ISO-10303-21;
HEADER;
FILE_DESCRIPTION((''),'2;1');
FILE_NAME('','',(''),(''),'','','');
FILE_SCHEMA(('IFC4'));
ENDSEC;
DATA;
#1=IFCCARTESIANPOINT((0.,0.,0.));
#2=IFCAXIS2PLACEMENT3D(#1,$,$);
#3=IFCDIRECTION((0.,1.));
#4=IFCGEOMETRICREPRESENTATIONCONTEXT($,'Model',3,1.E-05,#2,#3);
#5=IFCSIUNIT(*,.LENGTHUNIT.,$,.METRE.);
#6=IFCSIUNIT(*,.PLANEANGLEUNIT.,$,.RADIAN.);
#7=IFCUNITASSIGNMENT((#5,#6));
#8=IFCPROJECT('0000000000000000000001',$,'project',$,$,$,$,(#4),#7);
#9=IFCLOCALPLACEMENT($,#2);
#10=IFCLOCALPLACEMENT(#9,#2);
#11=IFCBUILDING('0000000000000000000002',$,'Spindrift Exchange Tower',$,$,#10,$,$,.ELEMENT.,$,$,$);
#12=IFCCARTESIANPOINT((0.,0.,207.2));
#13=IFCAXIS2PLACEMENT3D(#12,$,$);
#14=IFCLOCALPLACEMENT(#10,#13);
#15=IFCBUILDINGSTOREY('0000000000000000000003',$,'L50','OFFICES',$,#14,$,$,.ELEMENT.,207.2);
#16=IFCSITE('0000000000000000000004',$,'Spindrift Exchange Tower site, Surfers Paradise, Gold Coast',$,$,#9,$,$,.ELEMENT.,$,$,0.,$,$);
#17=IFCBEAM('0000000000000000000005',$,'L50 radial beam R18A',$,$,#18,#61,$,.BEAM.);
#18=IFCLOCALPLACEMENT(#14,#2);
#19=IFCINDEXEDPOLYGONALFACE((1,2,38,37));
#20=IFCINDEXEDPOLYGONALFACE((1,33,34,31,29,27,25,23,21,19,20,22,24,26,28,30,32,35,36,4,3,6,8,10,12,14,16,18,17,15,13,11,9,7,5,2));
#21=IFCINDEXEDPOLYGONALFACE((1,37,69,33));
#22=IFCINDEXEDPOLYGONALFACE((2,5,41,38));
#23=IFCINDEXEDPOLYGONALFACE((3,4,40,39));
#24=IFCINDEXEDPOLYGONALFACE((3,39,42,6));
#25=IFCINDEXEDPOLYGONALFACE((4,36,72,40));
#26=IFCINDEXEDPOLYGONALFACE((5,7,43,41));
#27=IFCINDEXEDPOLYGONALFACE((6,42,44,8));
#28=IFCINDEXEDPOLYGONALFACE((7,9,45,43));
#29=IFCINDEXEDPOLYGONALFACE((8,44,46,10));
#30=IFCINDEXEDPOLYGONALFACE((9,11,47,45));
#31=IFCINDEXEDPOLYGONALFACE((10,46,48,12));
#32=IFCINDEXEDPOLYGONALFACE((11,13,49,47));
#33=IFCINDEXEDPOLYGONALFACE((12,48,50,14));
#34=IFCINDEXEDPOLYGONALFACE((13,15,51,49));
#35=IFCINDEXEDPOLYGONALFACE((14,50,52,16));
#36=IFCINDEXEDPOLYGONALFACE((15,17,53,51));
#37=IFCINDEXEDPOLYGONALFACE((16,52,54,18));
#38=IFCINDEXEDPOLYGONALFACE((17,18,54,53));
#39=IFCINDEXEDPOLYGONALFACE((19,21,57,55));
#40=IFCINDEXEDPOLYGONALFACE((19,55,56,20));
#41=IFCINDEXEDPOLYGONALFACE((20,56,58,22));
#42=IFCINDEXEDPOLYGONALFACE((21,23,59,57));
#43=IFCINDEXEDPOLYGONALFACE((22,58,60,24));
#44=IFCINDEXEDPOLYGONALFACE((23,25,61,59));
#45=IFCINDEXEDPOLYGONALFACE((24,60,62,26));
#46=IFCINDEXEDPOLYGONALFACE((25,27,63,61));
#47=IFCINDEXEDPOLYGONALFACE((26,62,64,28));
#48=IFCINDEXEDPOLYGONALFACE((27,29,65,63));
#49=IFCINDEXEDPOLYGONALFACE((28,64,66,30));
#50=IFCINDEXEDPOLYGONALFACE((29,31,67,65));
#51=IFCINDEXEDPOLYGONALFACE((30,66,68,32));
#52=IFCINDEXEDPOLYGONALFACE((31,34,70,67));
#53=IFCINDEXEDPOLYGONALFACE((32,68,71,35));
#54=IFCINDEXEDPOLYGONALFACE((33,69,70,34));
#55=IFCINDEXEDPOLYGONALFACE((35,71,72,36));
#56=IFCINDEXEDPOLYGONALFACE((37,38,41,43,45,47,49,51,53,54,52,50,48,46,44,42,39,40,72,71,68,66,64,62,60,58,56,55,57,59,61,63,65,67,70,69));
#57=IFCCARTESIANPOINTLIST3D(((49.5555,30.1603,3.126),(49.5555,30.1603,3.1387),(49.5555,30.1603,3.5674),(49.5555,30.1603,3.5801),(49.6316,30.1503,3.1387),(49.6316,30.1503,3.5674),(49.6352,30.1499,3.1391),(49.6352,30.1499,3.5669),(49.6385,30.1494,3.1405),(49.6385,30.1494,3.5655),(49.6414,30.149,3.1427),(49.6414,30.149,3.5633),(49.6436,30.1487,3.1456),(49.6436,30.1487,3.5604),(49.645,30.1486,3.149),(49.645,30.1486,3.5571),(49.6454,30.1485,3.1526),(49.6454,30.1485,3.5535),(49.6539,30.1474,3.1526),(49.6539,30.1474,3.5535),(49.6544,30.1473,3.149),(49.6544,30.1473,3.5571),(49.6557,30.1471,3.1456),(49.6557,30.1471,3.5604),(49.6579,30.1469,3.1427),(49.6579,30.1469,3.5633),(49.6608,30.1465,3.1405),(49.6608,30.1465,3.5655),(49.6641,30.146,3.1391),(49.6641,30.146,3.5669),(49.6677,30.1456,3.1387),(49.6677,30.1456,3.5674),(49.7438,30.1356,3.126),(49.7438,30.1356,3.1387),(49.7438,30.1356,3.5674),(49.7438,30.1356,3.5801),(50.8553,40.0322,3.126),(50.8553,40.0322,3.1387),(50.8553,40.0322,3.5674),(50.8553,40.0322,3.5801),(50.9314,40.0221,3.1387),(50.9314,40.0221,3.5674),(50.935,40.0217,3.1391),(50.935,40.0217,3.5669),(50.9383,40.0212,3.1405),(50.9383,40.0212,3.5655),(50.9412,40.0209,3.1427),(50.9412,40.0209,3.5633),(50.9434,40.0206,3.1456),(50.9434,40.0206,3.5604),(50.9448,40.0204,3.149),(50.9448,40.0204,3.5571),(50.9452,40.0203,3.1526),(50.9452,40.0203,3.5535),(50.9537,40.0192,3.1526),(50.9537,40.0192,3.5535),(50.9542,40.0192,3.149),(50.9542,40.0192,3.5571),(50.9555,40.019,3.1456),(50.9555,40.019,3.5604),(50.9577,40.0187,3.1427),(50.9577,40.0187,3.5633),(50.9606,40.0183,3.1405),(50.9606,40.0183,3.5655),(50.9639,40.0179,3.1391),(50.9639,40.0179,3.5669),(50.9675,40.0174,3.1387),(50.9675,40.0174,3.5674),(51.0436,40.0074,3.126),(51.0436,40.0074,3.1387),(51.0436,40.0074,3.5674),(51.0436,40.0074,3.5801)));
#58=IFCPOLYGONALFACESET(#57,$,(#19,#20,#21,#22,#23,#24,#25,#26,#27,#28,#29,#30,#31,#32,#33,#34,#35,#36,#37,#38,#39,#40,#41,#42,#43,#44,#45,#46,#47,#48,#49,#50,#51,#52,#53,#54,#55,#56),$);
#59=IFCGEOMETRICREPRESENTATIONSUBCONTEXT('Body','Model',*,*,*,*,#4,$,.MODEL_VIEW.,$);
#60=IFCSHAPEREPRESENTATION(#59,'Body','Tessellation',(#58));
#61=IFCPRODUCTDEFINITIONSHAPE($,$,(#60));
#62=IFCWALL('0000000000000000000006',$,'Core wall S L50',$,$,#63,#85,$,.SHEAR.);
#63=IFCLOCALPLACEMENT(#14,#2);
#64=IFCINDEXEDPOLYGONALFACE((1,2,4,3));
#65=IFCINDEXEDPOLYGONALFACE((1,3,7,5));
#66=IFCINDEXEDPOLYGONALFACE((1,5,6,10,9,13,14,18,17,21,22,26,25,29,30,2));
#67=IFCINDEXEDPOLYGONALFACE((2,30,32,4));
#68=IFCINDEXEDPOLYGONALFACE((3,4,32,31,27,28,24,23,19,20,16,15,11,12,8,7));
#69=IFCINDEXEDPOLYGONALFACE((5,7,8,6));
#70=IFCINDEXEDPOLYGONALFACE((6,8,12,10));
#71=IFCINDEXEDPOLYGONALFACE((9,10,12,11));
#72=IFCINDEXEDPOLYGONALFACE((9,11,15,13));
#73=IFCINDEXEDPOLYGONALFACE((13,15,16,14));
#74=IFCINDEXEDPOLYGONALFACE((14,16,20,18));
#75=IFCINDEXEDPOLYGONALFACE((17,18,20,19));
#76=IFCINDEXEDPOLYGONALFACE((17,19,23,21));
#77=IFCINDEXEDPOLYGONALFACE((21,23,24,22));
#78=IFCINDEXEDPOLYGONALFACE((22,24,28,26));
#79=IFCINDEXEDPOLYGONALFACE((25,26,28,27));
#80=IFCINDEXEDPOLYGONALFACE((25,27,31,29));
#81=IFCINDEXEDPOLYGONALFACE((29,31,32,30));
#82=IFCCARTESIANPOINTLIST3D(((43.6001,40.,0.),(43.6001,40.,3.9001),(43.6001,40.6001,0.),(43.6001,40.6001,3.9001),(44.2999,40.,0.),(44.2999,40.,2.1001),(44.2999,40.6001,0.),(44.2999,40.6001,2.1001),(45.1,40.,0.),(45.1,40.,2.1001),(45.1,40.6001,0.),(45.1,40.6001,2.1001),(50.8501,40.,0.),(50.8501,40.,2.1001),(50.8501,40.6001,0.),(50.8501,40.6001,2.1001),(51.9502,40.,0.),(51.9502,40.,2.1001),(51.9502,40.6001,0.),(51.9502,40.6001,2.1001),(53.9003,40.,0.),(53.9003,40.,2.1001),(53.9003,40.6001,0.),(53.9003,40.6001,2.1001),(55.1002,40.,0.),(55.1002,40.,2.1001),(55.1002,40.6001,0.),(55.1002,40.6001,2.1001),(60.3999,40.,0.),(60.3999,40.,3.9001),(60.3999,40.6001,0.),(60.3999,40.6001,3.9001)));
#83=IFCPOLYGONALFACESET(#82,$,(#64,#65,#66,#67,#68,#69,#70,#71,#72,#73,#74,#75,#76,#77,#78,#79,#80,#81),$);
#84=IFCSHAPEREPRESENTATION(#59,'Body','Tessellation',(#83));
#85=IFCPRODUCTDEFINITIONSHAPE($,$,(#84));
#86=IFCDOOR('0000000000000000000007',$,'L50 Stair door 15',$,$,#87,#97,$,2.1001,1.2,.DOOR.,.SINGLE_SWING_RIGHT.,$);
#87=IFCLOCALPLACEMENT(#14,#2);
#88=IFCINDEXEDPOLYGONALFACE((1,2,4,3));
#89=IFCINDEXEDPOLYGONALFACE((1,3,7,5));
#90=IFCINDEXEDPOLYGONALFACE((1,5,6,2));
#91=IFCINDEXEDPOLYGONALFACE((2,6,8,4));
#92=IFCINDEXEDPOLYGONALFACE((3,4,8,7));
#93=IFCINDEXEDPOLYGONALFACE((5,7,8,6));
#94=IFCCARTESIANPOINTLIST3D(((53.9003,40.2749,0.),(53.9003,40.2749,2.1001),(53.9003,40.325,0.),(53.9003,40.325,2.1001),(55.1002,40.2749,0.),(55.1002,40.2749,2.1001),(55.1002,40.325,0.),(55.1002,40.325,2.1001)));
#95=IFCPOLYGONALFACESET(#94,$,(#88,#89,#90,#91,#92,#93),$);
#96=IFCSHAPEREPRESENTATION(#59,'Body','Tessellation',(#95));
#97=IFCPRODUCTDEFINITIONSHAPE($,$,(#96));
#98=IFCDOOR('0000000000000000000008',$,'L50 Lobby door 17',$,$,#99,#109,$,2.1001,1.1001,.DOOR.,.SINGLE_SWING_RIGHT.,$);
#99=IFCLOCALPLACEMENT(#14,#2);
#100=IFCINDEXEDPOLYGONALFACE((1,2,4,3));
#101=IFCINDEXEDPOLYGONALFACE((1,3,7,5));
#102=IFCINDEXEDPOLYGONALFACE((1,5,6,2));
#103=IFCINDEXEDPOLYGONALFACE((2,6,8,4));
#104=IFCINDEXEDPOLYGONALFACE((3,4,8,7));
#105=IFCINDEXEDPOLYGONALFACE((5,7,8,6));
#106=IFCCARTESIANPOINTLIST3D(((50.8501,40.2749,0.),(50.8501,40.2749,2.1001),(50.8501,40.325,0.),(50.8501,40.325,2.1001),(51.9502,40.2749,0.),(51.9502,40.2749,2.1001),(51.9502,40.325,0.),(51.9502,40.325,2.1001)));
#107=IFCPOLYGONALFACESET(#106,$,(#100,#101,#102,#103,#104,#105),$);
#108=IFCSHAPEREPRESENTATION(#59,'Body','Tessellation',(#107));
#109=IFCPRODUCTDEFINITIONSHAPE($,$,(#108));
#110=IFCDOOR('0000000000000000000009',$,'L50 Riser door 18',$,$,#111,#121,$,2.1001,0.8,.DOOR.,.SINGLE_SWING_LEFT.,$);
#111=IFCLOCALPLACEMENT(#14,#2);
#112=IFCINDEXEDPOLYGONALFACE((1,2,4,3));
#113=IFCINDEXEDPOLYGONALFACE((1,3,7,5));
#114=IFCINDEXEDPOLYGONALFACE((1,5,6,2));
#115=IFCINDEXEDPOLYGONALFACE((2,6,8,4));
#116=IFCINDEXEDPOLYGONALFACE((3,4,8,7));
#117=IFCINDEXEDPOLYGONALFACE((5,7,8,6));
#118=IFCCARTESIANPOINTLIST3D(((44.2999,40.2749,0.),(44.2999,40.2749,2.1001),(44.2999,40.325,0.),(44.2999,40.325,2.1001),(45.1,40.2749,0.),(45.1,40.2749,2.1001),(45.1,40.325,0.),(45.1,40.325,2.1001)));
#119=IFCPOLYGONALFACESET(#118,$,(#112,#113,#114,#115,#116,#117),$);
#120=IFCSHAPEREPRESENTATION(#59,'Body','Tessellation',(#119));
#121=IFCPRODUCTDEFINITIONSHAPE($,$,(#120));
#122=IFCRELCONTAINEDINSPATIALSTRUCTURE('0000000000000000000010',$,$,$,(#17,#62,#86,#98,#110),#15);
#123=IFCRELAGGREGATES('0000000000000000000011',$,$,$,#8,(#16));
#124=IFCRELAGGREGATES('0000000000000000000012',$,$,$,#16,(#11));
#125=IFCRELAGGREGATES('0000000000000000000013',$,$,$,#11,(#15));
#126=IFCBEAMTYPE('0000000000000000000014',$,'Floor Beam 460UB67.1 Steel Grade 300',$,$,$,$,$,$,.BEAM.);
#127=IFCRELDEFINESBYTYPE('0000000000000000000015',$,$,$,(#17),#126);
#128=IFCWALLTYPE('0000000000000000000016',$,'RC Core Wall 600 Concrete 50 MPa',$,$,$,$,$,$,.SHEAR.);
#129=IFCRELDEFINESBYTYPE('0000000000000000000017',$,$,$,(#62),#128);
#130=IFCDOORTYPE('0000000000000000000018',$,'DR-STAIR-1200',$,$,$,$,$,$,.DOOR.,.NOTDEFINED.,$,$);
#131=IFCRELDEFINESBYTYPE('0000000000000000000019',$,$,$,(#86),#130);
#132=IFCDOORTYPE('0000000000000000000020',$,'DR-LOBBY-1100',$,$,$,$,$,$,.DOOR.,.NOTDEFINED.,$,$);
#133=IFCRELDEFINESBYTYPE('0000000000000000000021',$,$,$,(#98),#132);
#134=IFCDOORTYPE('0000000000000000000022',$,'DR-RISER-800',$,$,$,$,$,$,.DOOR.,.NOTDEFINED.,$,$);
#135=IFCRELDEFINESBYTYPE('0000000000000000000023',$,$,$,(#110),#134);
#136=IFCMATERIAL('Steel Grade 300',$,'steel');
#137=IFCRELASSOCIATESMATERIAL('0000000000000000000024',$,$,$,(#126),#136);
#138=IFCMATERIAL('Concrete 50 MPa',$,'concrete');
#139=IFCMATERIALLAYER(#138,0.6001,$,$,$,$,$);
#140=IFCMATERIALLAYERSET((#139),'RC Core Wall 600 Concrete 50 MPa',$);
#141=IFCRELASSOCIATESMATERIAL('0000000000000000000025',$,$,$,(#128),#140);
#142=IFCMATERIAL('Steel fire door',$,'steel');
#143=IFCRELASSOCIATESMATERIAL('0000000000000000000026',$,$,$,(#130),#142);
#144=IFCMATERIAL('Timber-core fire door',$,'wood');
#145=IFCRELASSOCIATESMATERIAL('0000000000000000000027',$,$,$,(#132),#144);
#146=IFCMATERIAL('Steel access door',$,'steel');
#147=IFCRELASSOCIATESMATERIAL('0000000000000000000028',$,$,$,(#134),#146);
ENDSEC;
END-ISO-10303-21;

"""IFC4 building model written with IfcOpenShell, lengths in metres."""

from ifc_helpers import new_model, si_unit, direction, frame, frame_2d, origin, origin_2d, place, context, subcontext, project, spatial, rectangle, i_section, extrude, source, transform, mapped, material, layer, layer_set, material_profile, profile_set, type_object, element, fill, save


model = new_model("IFC4")

# Units and contexts
model_context = context("Model", 3, precision=1e-05, world=origin(), true_north=direction((0.0, 1.0)))
body_context = subcontext(model_context, "Body", "Model", "MODEL_VIEW")
ifc_project = project(units=[si_unit("LENGTHUNIT", "METRE"), si_unit("PLANEANGLEUNIT", "RADIAN")], contexts=[model_context])

# Site, building, storey
site_placement = place(None, origin())
site = spatial("IfcSite", under=ifc_project, at=site_placement, Name="Spindrift Exchange Tower site, Surfers Paradise, Gold Coast", CompositionType="ELEMENT", RefElevation=0.0)
building_placement = place(site_placement, origin())
building = spatial("IfcBuilding", under=site, at=building_placement, Name="Spindrift Exchange Tower", CompositionType="ELEMENT")
storey_placement = place(building_placement, frame((0.0, 0.0, 207.2)))
storey = spatial("IfcBuildingStorey", under=building, at=storey_placement, Name="L50", Description="OFFICES", CompositionType="ELEMENT", Elevation=207.2)

# Beam
ifc_material_1 = material(Name="Steel Grade 300", Category="steel")
ifc_material_profile_1 = material_profile(ifc_material_1, i_section(OverallWidth=0.1899, OverallDepth=0.4541, WebThickness=0.0085, FlangeThickness=0.0127, FilletRadius=0.0139, at=origin_2d()), Name="460UB67.1")
ifc_profile_set_1 = profile_set([ifc_material_profile_1], Name="Steel Grade 300")
beam_type_1 = type_object("IfcBeamType", Name="Floor Beam 460UB67.1 Steel Grade 300", PredefinedType="BEAM", material=ifc_profile_set_1)
shared_shape_1 = source(origin(), body_context, "Body", "SweptSolid", [
    extrude(i_section(OverallWidth=0.1899, OverallDepth=0.4541, WebThickness=0.0085, FlangeThickness=0.0127, FilletRadius=0.0139, at=origin_2d()), origin(), (0.0, 0.0, 1.0), 9.957),
])
beam_1_placement = place(storey_placement, frame((50.9495, 40.0198, 3.353), z_axis=(-0.130541, -0.991443, 0.0), x_axis=(0.991443, -0.130541, 0.0)))
element("IfcBeam", 1, at=beam_1_placement, inside=storey, type_object=beam_type_1, Name="L50 radial beam R18A", PredefinedType="BEAM", context=body_context, shape_type="MappedRepresentation", body=[
    mapped(shared_shape_1, transform((0.0, 0.0, 0.0), scale=1.0)),
])

# Wall, openings, doors
ifc_material_2 = material(Name="Concrete 50 MPa", Category="concrete")
ifc_layer_1 = layer(ifc_material_2, 0.6001)
ifc_layer_set_1 = layer_set([ifc_layer_1], Name="RC Core Wall 600 Concrete 50 MPa")
wall_type_1 = type_object("IfcWallType", Name="RC Core Wall 600 Concrete 50 MPa", PredefinedType="SHEAR", material=ifc_layer_set_1)
wall_1_placement = place(storey_placement, frame((43.6001, 40.3, 0.0), z_axis=(0.0, 0.0, 1.0), x_axis=(1.0, 0.0, 0.0)))
wall_1 = element("IfcWall", 2, at=wall_1_placement, inside=storey, type_object=wall_type_1, Name="Core wall S L50", PredefinedType="SHEAR", context=body_context, shape_type="SweptSolid", body=[
    extrude(rectangle(XDim=16.7998, YDim=0.6001, at=frame_2d((8.3999, 0.0))), origin(), (0.0, 0.0, 1.0), 3.9001),
])
opening_1_placement = place(wall_1_placement, frame((10.3, 0.0, 0.0)))
opening_1 = element("IfcOpeningElement", 3, at=opening_1_placement, cuts=wall_1, PredefinedType="OPENING", context=body_context, shape_type="SweptSolid", body=[
    extrude(rectangle(XDim=1.2, YDim=2.1001, at=frame_2d((0.6001, 1.05))), frame((0.0, 0.3101, 0.0), z_axis=(0.0, -1.0, 0.0), x_axis=(1.0, 0.0, 0.0)), (0.0, 0.0, 1.0), 0.6201),
])
opening_2_placement = place(wall_1_placement, frame((7.25, 0.0, 0.0)))
opening_2 = element("IfcOpeningElement", 4, at=opening_2_placement, cuts=wall_1, PredefinedType="OPENING", context=body_context, shape_type="SweptSolid", body=[
    extrude(rectangle(XDim=1.1001, YDim=2.1001, at=frame_2d((0.55, 1.05))), frame((0.0, 0.3101, 0.0), z_axis=(0.0, -1.0, 0.0), x_axis=(1.0, 0.0, 0.0)), (0.0, 0.0, 1.0), 0.6201),
])
opening_3_placement = place(wall_1_placement, frame((0.7, 0.0, 0.0)))
opening_3 = element("IfcOpeningElement", 5, at=opening_3_placement, cuts=wall_1, PredefinedType="OPENING", context=body_context, shape_type="SweptSolid", body=[
    extrude(rectangle(XDim=0.8, YDim=2.1001, at=frame_2d((0.3999, 1.05))), frame((0.0, 0.3101, 0.0), z_axis=(0.0, -1.0, 0.0), x_axis=(1.0, 0.0, 0.0)), (0.0, 0.0, 1.0), 0.6201),
])
ifc_material_3 = material(Name="Steel fire door", Category="steel")
door_type_1 = type_object("IfcDoorType", Name="DR-STAIR-1200", OperationType="NOTDEFINED", PredefinedType="DOOR", material=ifc_material_3)
shared_shape_2 = source(origin(), body_context, "Body", "SweptSolid", [
    extrude(rectangle(XDim=1.2, YDim=2.1001, at=frame_2d((0.6001, 1.05))), frame((0.0, 0.0249, 0.0), z_axis=(0.0, -1.0, 0.0), x_axis=(1.0, 0.0, 0.0)), (0.0, 0.0, 1.0), 0.05),
])
door_1_placement = place(opening_1_placement, origin())
door_1 = element("IfcDoor", 6, at=door_1_placement, inside=storey, type_object=door_type_1, Name="L50 Stair door 15", OperationType="SINGLE_SWING_RIGHT", OverallHeight=2.1001, OverallWidth=1.2, PredefinedType="DOOR", context=body_context, shape_type="MappedRepresentation", body=[
    mapped(shared_shape_2, transform((0.0, 0.0, 0.0), scale=1.0)),
])
fill(opening_1, door_1)
ifc_material_4 = material(Name="Timber-core fire door", Category="wood")
door_type_2 = type_object("IfcDoorType", Name="DR-LOBBY-1100", OperationType="NOTDEFINED", PredefinedType="DOOR", material=ifc_material_4)
shared_shape_3 = source(origin(), body_context, "Body", "SweptSolid", [
    extrude(rectangle(XDim=1.1001, YDim=2.1001, at=frame_2d((0.55, 1.05))), frame((0.0, 0.0249, 0.0), z_axis=(0.0, -1.0, 0.0), x_axis=(1.0, 0.0, 0.0)), (0.0, 0.0, 1.0), 0.05),
])
door_2_placement = place(opening_2_placement, origin())
door_2 = element("IfcDoor", 7, at=door_2_placement, inside=storey, type_object=door_type_2, Name="L50 Lobby door 17", OperationType="SINGLE_SWING_RIGHT", OverallHeight=2.1001, OverallWidth=1.1001, PredefinedType="DOOR", context=body_context, shape_type="MappedRepresentation", body=[
    mapped(shared_shape_3, transform((0.0, 0.0, 0.0), scale=1.0)),
])
fill(opening_2, door_2)
ifc_material_5 = material(Name="Steel access door", Category="steel")
door_type_3 = type_object("IfcDoorType", Name="DR-RISER-800", OperationType="NOTDEFINED", PredefinedType="DOOR", material=ifc_material_5)
shared_shape_4 = source(origin(), body_context, "Body", "SweptSolid", [
    extrude(rectangle(XDim=0.8, YDim=2.1001, at=frame_2d((0.3999, 1.05))), frame((0.0, 0.0249, 0.0), z_axis=(0.0, -1.0, 0.0), x_axis=(1.0, 0.0, 0.0)), (0.0, 0.0, 1.0), 0.05),
])
door_3_placement = place(opening_3_placement, origin())
door_3 = element("IfcDoor", 8, at=door_3_placement, inside=storey, type_object=door_type_3, Name="L50 Riser door 18", OperationType="SINGLE_SWING_LEFT", OverallHeight=2.1001, OverallWidth=0.8, PredefinedType="DOOR", context=body_context, shape_type="MappedRepresentation", body=[
    mapped(shared_shape_4, transform((0.0, 0.0, 0.0), scale=1.0)),
])
fill(opening_3, door_3)

save(model, "model.ifc")
